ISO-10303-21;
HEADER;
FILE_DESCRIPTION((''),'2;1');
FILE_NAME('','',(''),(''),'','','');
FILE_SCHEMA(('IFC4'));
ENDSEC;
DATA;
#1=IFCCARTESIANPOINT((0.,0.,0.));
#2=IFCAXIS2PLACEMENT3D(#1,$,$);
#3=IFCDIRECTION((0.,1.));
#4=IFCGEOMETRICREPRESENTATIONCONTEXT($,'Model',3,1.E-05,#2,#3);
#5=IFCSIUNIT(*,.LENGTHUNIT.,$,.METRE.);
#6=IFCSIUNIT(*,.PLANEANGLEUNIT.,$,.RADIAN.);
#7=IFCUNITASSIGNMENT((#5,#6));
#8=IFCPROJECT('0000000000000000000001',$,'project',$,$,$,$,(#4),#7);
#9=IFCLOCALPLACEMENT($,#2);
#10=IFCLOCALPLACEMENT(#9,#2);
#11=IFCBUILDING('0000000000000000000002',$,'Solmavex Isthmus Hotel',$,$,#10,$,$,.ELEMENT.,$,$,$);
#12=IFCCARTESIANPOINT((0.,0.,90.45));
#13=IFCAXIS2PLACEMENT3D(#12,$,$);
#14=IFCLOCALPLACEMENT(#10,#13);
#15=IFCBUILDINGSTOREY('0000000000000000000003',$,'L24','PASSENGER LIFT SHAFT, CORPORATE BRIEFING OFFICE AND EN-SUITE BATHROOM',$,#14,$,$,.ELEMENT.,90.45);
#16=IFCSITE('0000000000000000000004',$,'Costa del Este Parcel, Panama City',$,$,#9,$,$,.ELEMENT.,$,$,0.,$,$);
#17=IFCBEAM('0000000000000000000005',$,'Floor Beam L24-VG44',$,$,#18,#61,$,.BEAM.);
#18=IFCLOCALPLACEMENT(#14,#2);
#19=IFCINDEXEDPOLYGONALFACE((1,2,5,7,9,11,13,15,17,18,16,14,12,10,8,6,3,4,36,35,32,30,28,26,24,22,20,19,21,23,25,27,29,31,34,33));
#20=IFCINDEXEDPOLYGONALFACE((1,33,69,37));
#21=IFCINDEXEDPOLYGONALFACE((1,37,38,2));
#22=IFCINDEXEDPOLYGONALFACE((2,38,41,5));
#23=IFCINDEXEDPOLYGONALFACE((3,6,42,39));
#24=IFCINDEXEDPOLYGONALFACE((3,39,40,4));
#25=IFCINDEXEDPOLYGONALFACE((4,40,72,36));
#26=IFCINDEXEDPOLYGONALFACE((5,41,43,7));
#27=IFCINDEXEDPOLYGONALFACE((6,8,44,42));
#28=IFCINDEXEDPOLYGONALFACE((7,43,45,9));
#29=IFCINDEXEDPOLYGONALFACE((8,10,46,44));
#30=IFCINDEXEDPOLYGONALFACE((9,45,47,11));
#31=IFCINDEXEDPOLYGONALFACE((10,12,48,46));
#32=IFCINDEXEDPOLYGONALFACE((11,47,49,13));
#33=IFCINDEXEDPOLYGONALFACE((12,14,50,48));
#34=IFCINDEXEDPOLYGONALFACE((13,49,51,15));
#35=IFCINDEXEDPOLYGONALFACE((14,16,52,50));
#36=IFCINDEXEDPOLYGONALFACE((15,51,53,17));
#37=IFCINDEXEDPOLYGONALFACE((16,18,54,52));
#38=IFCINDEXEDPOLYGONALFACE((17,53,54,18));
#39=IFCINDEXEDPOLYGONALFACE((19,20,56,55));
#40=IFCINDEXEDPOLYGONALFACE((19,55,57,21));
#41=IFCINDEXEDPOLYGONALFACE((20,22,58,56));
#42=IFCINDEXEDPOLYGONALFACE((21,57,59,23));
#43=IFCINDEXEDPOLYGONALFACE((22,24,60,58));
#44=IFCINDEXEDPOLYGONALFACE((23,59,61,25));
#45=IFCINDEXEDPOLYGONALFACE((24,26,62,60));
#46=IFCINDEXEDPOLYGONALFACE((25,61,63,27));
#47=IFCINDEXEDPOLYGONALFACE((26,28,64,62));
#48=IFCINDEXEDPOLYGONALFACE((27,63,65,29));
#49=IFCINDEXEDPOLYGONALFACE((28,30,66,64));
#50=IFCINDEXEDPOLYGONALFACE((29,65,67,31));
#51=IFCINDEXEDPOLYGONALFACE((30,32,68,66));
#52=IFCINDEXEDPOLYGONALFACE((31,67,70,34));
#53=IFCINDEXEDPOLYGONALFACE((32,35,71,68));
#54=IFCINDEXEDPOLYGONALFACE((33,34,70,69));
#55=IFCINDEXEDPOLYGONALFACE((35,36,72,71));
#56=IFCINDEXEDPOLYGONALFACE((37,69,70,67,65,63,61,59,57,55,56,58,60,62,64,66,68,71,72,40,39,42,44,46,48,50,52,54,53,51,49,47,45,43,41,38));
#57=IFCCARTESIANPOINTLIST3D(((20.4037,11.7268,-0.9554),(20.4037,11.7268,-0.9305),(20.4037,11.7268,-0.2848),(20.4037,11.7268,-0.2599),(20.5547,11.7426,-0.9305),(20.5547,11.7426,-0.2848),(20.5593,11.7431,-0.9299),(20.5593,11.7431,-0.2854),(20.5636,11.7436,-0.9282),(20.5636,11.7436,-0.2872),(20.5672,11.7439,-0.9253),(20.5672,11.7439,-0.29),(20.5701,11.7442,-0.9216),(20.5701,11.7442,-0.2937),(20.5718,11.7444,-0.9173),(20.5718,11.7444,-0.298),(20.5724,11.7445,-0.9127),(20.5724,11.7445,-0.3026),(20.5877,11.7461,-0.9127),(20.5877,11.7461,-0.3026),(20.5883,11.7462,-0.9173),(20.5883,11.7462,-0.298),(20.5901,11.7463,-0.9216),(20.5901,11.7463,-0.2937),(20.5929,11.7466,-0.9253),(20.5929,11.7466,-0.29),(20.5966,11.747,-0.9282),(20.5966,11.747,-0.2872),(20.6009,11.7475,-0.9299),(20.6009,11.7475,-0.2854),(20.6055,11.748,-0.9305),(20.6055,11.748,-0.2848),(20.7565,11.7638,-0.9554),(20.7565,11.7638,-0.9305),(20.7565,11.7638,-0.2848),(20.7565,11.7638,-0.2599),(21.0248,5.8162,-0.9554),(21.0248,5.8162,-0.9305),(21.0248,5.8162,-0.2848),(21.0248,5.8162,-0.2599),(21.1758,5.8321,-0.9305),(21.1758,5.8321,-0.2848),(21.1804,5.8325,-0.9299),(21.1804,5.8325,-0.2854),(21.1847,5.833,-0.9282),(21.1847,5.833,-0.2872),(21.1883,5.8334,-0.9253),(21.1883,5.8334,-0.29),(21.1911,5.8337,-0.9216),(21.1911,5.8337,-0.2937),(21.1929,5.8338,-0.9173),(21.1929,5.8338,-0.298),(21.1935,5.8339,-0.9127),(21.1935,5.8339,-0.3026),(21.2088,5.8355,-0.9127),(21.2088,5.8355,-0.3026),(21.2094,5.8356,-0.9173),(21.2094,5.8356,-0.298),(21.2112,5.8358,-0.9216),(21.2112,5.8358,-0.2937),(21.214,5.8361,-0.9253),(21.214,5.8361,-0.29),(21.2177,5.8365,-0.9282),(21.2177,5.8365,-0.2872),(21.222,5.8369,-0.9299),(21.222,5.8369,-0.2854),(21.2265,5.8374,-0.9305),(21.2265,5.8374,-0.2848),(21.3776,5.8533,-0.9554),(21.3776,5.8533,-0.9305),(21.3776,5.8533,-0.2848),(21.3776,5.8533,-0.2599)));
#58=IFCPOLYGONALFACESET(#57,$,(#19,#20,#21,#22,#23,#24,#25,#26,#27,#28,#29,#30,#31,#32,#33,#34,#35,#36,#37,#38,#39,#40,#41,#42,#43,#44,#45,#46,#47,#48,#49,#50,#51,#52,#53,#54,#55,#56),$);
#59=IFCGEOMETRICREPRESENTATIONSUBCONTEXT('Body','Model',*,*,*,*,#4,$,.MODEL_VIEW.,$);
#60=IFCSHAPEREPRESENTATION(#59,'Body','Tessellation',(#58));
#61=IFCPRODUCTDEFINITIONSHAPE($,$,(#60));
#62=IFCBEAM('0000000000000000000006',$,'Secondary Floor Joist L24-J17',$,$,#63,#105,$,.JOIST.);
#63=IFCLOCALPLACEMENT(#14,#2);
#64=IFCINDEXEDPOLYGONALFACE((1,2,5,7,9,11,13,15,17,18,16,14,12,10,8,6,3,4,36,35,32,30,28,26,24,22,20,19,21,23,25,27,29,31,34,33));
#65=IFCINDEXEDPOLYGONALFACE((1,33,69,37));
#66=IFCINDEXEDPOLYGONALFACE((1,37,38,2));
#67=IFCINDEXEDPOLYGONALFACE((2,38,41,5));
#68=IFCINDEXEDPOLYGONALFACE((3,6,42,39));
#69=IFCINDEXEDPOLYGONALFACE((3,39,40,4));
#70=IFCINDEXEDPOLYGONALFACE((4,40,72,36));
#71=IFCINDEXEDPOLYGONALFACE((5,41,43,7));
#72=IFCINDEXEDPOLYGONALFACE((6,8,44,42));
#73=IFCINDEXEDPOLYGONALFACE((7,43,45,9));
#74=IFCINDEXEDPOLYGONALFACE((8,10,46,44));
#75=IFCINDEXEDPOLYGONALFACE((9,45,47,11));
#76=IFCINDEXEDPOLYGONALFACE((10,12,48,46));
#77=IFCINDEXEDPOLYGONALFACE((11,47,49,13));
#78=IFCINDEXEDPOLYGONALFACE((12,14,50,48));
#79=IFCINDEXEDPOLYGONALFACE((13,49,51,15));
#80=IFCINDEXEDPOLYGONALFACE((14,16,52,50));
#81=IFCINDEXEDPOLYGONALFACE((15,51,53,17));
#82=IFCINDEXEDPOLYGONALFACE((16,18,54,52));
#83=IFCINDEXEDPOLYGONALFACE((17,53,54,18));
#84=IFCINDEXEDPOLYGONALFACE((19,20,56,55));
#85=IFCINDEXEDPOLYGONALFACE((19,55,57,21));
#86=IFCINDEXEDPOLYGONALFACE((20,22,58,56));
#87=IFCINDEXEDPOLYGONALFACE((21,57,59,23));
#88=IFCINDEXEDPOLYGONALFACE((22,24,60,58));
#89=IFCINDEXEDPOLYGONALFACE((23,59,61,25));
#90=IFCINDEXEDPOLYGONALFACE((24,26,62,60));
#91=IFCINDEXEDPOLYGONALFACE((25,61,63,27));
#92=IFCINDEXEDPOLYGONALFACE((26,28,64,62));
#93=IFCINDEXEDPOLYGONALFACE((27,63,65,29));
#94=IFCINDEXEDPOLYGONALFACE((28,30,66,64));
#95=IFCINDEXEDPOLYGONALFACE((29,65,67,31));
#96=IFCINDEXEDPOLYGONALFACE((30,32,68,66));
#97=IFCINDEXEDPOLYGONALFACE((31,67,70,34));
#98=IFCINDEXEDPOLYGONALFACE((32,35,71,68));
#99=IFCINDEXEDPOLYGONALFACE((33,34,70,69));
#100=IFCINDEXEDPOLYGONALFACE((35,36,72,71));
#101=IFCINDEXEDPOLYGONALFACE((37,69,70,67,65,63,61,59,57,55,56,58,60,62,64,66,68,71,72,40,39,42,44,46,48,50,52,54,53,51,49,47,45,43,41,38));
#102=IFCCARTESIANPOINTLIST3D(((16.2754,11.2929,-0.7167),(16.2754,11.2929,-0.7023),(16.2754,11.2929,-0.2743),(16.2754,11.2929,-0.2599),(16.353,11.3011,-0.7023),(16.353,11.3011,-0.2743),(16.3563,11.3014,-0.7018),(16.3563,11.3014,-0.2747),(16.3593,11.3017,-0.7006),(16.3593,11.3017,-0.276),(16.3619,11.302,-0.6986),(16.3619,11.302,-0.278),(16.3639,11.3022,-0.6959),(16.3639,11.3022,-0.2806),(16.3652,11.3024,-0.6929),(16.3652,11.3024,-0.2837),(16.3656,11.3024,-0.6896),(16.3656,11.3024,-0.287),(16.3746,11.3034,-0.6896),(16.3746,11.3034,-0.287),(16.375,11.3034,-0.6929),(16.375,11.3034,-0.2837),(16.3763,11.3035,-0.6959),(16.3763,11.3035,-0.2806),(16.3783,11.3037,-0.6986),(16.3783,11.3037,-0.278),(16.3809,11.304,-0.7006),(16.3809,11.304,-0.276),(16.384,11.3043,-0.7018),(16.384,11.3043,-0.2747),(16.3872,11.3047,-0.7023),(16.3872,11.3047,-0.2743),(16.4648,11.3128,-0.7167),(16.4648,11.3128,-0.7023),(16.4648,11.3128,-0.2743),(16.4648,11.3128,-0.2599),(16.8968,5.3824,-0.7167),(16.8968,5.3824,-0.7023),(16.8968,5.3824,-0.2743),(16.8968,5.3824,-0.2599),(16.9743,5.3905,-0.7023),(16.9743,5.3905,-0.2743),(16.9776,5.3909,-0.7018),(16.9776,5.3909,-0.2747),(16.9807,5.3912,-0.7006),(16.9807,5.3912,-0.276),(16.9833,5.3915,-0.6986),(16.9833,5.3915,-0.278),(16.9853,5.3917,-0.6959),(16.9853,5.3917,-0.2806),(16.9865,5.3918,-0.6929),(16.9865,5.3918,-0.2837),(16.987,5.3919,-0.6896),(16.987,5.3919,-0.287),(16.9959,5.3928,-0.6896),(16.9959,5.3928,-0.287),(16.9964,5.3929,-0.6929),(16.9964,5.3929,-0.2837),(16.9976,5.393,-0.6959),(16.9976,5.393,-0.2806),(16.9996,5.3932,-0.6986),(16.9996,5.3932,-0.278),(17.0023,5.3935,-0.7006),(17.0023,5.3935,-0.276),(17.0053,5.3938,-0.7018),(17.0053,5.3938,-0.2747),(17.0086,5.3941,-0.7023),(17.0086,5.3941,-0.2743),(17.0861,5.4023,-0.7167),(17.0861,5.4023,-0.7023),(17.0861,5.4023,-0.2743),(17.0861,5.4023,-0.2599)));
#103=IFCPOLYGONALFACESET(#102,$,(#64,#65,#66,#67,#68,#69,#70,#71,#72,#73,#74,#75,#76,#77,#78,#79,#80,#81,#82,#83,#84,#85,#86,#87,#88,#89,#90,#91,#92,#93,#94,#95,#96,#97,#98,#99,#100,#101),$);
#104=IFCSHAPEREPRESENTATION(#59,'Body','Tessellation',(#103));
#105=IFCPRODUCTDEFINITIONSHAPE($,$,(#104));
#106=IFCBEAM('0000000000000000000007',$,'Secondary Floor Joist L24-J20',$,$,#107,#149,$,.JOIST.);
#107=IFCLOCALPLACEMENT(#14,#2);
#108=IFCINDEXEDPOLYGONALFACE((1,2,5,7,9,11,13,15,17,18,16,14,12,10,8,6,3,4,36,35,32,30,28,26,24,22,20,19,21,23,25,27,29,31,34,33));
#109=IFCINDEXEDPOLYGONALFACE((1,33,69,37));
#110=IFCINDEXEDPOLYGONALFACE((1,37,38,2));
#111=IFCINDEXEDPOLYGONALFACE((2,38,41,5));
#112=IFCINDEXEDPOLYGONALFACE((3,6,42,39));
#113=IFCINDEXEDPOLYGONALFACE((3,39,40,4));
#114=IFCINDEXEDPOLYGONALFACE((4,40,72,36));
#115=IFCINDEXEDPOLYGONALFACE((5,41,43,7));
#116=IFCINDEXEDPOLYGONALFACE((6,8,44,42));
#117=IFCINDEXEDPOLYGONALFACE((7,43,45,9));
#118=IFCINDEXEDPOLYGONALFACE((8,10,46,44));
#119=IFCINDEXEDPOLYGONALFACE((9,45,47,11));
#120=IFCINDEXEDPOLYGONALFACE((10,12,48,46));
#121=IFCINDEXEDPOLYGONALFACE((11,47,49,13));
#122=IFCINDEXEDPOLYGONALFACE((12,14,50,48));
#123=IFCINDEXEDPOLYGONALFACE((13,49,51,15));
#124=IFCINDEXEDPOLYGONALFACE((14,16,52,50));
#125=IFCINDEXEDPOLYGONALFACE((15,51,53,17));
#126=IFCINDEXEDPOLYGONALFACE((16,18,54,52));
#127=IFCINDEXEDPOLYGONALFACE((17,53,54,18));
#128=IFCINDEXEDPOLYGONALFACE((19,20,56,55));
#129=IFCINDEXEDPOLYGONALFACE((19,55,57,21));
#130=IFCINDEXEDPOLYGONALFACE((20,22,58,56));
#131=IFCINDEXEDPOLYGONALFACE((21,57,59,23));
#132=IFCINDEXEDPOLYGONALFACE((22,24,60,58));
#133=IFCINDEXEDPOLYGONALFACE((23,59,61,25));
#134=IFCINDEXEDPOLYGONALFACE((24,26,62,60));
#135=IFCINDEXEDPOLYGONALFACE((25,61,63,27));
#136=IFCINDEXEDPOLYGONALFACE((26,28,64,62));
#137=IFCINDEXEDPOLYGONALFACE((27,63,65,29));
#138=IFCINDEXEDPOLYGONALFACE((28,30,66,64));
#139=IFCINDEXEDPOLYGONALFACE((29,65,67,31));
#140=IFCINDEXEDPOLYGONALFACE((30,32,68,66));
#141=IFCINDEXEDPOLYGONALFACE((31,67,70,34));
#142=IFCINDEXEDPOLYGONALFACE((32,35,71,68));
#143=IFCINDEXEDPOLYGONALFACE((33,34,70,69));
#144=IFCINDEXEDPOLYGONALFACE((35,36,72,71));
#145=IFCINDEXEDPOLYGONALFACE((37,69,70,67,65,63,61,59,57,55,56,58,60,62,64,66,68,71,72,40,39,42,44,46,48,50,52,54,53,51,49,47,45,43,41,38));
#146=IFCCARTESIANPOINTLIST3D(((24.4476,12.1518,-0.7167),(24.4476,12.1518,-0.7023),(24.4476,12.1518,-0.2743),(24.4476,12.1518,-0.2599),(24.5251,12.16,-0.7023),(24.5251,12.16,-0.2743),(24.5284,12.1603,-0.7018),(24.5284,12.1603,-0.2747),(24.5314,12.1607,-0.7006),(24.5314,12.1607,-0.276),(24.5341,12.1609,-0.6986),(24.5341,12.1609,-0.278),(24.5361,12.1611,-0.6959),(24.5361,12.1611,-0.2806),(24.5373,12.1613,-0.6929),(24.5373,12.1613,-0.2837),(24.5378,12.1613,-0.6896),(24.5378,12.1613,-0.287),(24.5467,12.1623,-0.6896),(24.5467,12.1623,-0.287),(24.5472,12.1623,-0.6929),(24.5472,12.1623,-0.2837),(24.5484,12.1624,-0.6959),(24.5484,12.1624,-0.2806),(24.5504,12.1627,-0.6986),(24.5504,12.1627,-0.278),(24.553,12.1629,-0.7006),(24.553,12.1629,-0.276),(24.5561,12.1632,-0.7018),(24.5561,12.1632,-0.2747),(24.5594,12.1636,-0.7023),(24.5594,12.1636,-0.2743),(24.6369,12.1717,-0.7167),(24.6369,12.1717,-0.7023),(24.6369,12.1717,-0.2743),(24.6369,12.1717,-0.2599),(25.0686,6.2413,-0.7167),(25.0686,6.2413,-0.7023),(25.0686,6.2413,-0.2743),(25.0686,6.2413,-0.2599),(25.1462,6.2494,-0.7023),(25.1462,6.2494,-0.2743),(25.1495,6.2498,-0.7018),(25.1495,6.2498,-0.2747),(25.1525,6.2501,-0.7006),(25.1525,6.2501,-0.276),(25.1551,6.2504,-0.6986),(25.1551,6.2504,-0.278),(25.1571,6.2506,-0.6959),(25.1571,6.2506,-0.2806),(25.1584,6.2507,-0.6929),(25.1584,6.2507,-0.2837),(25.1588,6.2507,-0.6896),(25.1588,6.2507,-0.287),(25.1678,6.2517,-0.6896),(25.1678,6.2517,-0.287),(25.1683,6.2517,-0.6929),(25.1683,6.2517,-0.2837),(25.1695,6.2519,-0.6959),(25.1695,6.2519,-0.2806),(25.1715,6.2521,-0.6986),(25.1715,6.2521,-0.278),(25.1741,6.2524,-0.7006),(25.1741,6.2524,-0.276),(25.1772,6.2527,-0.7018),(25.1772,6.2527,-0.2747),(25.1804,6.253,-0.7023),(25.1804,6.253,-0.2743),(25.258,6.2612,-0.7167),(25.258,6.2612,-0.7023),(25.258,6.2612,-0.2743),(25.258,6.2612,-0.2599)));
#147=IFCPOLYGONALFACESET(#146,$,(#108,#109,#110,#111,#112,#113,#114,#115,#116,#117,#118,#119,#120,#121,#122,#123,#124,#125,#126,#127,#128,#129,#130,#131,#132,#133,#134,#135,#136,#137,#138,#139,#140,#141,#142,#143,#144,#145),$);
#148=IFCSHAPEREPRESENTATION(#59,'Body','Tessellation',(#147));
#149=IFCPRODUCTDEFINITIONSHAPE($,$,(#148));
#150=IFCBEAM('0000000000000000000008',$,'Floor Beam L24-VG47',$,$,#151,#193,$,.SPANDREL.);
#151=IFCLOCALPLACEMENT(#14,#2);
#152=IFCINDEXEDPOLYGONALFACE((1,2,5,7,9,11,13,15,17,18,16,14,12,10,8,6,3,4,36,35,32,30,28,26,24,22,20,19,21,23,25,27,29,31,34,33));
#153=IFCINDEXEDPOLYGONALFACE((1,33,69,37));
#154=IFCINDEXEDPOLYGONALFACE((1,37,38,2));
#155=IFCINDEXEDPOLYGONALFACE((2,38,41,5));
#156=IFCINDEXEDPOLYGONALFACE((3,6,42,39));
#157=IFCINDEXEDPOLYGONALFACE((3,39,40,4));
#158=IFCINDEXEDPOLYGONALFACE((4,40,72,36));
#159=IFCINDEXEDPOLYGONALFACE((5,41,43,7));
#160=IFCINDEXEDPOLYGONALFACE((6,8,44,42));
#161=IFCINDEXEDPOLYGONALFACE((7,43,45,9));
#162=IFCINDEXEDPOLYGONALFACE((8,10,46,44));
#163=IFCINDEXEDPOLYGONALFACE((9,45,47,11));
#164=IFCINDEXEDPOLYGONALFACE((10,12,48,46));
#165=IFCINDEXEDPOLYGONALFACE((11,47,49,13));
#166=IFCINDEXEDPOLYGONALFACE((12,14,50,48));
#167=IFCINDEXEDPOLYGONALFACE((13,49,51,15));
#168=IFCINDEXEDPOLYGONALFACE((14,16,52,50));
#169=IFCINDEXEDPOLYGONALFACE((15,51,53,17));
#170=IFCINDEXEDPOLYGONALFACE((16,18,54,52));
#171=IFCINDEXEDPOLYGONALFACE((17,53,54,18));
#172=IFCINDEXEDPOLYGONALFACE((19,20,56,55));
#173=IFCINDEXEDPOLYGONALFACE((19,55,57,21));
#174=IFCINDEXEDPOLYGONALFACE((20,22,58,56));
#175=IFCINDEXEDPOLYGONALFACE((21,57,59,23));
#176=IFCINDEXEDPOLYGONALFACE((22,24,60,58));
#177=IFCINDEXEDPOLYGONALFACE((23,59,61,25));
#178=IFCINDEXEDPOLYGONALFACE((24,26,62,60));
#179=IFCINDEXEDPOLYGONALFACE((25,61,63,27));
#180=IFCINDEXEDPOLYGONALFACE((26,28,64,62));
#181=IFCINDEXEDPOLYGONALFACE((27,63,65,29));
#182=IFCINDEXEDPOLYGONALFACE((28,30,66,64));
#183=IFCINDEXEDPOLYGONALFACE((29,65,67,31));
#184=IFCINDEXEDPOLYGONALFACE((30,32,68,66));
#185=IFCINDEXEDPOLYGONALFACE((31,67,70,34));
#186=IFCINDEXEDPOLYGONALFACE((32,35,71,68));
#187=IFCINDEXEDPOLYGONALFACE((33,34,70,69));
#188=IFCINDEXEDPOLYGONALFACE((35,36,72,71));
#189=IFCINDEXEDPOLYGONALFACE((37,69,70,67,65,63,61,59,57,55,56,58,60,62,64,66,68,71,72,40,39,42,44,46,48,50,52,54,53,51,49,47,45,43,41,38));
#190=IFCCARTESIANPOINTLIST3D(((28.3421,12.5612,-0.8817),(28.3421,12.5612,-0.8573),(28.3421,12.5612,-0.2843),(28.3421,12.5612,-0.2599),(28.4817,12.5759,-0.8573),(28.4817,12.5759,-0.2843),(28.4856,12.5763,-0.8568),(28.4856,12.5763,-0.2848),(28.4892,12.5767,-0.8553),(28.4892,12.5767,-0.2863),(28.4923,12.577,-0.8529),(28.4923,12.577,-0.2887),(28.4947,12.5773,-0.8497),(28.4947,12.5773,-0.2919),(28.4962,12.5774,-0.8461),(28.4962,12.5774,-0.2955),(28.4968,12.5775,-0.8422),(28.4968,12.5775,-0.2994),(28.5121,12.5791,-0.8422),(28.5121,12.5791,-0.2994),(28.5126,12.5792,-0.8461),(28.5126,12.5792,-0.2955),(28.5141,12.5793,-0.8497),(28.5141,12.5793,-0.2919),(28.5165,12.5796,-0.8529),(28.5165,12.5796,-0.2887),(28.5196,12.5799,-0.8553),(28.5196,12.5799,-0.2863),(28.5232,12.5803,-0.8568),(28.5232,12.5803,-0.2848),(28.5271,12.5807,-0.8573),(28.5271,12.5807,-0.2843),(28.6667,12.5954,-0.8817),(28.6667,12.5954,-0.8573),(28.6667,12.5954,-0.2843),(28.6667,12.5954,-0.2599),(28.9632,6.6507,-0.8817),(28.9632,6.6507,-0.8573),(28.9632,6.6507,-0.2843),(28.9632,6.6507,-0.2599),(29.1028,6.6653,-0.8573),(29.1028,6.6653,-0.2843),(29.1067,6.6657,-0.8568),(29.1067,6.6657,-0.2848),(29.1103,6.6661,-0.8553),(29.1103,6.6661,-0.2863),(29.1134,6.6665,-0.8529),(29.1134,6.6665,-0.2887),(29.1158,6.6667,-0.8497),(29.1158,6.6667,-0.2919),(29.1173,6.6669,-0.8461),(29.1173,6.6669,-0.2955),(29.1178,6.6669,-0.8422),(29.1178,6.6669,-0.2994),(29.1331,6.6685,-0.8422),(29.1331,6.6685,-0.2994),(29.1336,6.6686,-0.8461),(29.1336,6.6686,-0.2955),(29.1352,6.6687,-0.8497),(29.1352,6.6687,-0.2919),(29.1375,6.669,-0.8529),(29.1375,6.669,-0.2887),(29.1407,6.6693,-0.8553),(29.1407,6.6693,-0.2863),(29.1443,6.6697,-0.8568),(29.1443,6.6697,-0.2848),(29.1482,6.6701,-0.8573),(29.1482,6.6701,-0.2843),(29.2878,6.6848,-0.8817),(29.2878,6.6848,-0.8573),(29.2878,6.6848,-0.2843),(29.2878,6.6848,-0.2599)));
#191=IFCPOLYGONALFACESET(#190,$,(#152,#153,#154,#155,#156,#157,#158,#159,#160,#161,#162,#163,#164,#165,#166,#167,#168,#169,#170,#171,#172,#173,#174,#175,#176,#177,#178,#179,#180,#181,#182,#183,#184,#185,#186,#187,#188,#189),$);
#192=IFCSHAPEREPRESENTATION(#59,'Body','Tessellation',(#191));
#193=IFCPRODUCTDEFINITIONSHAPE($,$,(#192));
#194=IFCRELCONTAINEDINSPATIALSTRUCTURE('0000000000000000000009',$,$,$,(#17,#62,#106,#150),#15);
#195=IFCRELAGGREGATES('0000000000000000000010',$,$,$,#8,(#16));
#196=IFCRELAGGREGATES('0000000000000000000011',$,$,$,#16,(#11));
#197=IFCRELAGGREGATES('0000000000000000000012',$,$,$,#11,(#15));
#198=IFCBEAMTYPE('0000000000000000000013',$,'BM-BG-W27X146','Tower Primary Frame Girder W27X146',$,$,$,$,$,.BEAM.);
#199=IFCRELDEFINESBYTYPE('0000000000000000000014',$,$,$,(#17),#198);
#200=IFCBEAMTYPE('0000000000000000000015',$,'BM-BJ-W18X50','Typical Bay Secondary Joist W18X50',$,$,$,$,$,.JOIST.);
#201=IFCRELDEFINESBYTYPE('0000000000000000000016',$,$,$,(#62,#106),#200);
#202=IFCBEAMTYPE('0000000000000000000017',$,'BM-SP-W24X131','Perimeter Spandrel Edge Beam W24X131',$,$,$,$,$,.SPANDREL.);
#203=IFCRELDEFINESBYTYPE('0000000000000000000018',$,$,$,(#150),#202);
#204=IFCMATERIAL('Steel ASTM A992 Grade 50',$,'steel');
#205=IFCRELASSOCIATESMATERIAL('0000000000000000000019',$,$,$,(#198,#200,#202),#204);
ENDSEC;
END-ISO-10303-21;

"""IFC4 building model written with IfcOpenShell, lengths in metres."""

from ifc_helpers import new_model, si_unit, direction, frame, origin, origin_2d, place, context, subcontext, project, spatial, i_section, extrude, material, material_profile, profile_set, type_object, element, save


model = new_model("IFC4")

# Units and contexts
model_context = context("Model", 3, precision=1e-05, world=origin(), true_north=direction((0.0, 1.0)))
body_context = subcontext(model_context, "Body", "Model", "MODEL_VIEW")
ifc_project = project(units=[si_unit("LENGTHUNIT", "METRE"), si_unit("PLANEANGLEUNIT", "RADIAN")], contexts=[model_context])

# Site, building, storey
site_placement = place(None, origin())
site = spatial("IfcSite", under=ifc_project, at=site_placement, Name="Costa del Este Parcel, Panama City", CompositionType="ELEMENT", RefElevation=0.0)
building_placement = place(site_placement, origin())
building = spatial("IfcBuilding", under=site, at=building_placement, Name="Solmavex Isthmus Hotel", CompositionType="ELEMENT")
storey_placement = place(building_placement, frame((0.0, 0.0, 90.45)))
storey = spatial("IfcBuildingStorey", under=building, at=storey_placement, Name="L24", Description="PASSENGER LIFT SHAFT, CORPORATE BRIEFING OFFICE AND EN-SUITE BATHROOM", CompositionType="ELEMENT", Elevation=90.45)

# Beams
ifc_material_1 = material(Name="Steel ASTM A992 Grade 50", Category="steel")
ifc_material_profile_1 = material_profile(ifc_material_1, i_section(OverallWidth=0.3547, OverallDepth=0.6956, WebThickness=0.0154, FlangeThickness=0.0249, FilletRadius=0.0178, at=origin_2d()), Name="W27X146")
ifc_profile_set_1 = profile_set([ifc_material_profile_1], Name="Steel ASTM A992 Grade 50")
beam_type_1 = type_object("IfcBeamType", Name="BM-BG-W27X146", Description="Tower Primary Frame Girder W27X146", PredefinedType="BEAM", material=ifc_profile_set_1)
beam_1_placement = place(storey_placement, frame((21.2012, 5.8347, -0.6077), z_axis=(-0.104505, 0.994524, 0.0), x_axis=(-0.994524, -0.104505, 0.0)))
element("IfcBeam", 1, at=beam_1_placement, inside=storey, type_object=beam_type_1, Name="Floor Beam L24-VG44", PredefinedType="BEAM", context=body_context, shape_type="SweptSolid", body=[
    extrude(i_section(OverallWidth=0.3547, OverallDepth=0.6956, WebThickness=0.0154, FlangeThickness=0.0249, FilletRadius=0.0178, at=origin_2d()), origin(), (0.0, 0.0, 1.0), 5.9431),
])
ifc_material_profile_2 = material_profile(ifc_material_1, i_section(OverallWidth=0.1904, OverallDepth=0.4568, WebThickness=0.009, FlangeThickness=0.0144, FilletRadius=0.0127, at=origin_2d()), Name="W18X50")
ifc_profile_set_2 = profile_set([ifc_material_profile_2], Name="Steel ASTM A992 Grade 50")
beam_type_2 = type_object("IfcBeamType", Name="BM-BJ-W18X50", Description="Typical Bay Secondary Joist W18X50", PredefinedType="JOIST", material=ifc_profile_set_2)
for number, where, z_axis, x_axis, name in (
    (2, (16.9915, 5.3923, -0.4883), (-0.104546, 0.99452, 0.0), (-0.99452, -0.104546, 0.0), "Secondary Floor Joist L24-J17"),
    (3, (25.1633, 6.2512, -0.4883), (-0.104505, 0.994524, 0.0), (-0.994524, -0.104505, 0.0), "Secondary Floor Joist L24-J20"),
):
    element("IfcBeam", number, at=place(storey_placement, frame(where, z_axis=z_axis, x_axis=x_axis)), inside=storey, type_object=beam_type_2, Name=name, PredefinedType="JOIST", context=body_context, shape_type="SweptSolid", body=[
        extrude(i_section(OverallWidth=0.1904, OverallDepth=0.4568, WebThickness=0.009, FlangeThickness=0.0144, FilletRadius=0.0127, at=origin_2d()), origin(), (0.0, 0.0, 1.0), 5.9431),
    ])
ifc_material_profile_3 = material_profile(ifc_material_1, i_section(OverallWidth=0.3264, OverallDepth=0.6218, WebThickness=0.0154, FlangeThickness=0.0244, FilletRadius=0.0151, at=origin_2d()), Name="W24X131")
ifc_profile_set_3 = profile_set([ifc_material_profile_3], Name="Steel ASTM A992 Grade 50")
beam_type_3 = type_object("IfcBeamType", Name="BM-SP-W24X131", Description="Perimeter Spandrel Edge Beam W24X131", PredefinedType="SPANDREL", material=ifc_profile_set_3)
beam_2_placement = place(storey_placement, frame((29.1255, 6.6677, -0.5708), z_axis=(-0.104505, 0.994524, 0.0), x_axis=(-0.994524, -0.104505, 0.0)))
element("IfcBeam", 4, at=beam_2_placement, inside=storey, type_object=beam_type_3, Name="Floor Beam L24-VG47", PredefinedType="SPANDREL", context=body_context, shape_type="SweptSolid", body=[
    extrude(i_section(OverallWidth=0.3264, OverallDepth=0.6218, WebThickness=0.0154, FlangeThickness=0.0244, FilletRadius=0.0151, at=origin_2d()), origin(), (0.0, 0.0, 1.0), 5.9431),
])

save(model, "model.ifc")
